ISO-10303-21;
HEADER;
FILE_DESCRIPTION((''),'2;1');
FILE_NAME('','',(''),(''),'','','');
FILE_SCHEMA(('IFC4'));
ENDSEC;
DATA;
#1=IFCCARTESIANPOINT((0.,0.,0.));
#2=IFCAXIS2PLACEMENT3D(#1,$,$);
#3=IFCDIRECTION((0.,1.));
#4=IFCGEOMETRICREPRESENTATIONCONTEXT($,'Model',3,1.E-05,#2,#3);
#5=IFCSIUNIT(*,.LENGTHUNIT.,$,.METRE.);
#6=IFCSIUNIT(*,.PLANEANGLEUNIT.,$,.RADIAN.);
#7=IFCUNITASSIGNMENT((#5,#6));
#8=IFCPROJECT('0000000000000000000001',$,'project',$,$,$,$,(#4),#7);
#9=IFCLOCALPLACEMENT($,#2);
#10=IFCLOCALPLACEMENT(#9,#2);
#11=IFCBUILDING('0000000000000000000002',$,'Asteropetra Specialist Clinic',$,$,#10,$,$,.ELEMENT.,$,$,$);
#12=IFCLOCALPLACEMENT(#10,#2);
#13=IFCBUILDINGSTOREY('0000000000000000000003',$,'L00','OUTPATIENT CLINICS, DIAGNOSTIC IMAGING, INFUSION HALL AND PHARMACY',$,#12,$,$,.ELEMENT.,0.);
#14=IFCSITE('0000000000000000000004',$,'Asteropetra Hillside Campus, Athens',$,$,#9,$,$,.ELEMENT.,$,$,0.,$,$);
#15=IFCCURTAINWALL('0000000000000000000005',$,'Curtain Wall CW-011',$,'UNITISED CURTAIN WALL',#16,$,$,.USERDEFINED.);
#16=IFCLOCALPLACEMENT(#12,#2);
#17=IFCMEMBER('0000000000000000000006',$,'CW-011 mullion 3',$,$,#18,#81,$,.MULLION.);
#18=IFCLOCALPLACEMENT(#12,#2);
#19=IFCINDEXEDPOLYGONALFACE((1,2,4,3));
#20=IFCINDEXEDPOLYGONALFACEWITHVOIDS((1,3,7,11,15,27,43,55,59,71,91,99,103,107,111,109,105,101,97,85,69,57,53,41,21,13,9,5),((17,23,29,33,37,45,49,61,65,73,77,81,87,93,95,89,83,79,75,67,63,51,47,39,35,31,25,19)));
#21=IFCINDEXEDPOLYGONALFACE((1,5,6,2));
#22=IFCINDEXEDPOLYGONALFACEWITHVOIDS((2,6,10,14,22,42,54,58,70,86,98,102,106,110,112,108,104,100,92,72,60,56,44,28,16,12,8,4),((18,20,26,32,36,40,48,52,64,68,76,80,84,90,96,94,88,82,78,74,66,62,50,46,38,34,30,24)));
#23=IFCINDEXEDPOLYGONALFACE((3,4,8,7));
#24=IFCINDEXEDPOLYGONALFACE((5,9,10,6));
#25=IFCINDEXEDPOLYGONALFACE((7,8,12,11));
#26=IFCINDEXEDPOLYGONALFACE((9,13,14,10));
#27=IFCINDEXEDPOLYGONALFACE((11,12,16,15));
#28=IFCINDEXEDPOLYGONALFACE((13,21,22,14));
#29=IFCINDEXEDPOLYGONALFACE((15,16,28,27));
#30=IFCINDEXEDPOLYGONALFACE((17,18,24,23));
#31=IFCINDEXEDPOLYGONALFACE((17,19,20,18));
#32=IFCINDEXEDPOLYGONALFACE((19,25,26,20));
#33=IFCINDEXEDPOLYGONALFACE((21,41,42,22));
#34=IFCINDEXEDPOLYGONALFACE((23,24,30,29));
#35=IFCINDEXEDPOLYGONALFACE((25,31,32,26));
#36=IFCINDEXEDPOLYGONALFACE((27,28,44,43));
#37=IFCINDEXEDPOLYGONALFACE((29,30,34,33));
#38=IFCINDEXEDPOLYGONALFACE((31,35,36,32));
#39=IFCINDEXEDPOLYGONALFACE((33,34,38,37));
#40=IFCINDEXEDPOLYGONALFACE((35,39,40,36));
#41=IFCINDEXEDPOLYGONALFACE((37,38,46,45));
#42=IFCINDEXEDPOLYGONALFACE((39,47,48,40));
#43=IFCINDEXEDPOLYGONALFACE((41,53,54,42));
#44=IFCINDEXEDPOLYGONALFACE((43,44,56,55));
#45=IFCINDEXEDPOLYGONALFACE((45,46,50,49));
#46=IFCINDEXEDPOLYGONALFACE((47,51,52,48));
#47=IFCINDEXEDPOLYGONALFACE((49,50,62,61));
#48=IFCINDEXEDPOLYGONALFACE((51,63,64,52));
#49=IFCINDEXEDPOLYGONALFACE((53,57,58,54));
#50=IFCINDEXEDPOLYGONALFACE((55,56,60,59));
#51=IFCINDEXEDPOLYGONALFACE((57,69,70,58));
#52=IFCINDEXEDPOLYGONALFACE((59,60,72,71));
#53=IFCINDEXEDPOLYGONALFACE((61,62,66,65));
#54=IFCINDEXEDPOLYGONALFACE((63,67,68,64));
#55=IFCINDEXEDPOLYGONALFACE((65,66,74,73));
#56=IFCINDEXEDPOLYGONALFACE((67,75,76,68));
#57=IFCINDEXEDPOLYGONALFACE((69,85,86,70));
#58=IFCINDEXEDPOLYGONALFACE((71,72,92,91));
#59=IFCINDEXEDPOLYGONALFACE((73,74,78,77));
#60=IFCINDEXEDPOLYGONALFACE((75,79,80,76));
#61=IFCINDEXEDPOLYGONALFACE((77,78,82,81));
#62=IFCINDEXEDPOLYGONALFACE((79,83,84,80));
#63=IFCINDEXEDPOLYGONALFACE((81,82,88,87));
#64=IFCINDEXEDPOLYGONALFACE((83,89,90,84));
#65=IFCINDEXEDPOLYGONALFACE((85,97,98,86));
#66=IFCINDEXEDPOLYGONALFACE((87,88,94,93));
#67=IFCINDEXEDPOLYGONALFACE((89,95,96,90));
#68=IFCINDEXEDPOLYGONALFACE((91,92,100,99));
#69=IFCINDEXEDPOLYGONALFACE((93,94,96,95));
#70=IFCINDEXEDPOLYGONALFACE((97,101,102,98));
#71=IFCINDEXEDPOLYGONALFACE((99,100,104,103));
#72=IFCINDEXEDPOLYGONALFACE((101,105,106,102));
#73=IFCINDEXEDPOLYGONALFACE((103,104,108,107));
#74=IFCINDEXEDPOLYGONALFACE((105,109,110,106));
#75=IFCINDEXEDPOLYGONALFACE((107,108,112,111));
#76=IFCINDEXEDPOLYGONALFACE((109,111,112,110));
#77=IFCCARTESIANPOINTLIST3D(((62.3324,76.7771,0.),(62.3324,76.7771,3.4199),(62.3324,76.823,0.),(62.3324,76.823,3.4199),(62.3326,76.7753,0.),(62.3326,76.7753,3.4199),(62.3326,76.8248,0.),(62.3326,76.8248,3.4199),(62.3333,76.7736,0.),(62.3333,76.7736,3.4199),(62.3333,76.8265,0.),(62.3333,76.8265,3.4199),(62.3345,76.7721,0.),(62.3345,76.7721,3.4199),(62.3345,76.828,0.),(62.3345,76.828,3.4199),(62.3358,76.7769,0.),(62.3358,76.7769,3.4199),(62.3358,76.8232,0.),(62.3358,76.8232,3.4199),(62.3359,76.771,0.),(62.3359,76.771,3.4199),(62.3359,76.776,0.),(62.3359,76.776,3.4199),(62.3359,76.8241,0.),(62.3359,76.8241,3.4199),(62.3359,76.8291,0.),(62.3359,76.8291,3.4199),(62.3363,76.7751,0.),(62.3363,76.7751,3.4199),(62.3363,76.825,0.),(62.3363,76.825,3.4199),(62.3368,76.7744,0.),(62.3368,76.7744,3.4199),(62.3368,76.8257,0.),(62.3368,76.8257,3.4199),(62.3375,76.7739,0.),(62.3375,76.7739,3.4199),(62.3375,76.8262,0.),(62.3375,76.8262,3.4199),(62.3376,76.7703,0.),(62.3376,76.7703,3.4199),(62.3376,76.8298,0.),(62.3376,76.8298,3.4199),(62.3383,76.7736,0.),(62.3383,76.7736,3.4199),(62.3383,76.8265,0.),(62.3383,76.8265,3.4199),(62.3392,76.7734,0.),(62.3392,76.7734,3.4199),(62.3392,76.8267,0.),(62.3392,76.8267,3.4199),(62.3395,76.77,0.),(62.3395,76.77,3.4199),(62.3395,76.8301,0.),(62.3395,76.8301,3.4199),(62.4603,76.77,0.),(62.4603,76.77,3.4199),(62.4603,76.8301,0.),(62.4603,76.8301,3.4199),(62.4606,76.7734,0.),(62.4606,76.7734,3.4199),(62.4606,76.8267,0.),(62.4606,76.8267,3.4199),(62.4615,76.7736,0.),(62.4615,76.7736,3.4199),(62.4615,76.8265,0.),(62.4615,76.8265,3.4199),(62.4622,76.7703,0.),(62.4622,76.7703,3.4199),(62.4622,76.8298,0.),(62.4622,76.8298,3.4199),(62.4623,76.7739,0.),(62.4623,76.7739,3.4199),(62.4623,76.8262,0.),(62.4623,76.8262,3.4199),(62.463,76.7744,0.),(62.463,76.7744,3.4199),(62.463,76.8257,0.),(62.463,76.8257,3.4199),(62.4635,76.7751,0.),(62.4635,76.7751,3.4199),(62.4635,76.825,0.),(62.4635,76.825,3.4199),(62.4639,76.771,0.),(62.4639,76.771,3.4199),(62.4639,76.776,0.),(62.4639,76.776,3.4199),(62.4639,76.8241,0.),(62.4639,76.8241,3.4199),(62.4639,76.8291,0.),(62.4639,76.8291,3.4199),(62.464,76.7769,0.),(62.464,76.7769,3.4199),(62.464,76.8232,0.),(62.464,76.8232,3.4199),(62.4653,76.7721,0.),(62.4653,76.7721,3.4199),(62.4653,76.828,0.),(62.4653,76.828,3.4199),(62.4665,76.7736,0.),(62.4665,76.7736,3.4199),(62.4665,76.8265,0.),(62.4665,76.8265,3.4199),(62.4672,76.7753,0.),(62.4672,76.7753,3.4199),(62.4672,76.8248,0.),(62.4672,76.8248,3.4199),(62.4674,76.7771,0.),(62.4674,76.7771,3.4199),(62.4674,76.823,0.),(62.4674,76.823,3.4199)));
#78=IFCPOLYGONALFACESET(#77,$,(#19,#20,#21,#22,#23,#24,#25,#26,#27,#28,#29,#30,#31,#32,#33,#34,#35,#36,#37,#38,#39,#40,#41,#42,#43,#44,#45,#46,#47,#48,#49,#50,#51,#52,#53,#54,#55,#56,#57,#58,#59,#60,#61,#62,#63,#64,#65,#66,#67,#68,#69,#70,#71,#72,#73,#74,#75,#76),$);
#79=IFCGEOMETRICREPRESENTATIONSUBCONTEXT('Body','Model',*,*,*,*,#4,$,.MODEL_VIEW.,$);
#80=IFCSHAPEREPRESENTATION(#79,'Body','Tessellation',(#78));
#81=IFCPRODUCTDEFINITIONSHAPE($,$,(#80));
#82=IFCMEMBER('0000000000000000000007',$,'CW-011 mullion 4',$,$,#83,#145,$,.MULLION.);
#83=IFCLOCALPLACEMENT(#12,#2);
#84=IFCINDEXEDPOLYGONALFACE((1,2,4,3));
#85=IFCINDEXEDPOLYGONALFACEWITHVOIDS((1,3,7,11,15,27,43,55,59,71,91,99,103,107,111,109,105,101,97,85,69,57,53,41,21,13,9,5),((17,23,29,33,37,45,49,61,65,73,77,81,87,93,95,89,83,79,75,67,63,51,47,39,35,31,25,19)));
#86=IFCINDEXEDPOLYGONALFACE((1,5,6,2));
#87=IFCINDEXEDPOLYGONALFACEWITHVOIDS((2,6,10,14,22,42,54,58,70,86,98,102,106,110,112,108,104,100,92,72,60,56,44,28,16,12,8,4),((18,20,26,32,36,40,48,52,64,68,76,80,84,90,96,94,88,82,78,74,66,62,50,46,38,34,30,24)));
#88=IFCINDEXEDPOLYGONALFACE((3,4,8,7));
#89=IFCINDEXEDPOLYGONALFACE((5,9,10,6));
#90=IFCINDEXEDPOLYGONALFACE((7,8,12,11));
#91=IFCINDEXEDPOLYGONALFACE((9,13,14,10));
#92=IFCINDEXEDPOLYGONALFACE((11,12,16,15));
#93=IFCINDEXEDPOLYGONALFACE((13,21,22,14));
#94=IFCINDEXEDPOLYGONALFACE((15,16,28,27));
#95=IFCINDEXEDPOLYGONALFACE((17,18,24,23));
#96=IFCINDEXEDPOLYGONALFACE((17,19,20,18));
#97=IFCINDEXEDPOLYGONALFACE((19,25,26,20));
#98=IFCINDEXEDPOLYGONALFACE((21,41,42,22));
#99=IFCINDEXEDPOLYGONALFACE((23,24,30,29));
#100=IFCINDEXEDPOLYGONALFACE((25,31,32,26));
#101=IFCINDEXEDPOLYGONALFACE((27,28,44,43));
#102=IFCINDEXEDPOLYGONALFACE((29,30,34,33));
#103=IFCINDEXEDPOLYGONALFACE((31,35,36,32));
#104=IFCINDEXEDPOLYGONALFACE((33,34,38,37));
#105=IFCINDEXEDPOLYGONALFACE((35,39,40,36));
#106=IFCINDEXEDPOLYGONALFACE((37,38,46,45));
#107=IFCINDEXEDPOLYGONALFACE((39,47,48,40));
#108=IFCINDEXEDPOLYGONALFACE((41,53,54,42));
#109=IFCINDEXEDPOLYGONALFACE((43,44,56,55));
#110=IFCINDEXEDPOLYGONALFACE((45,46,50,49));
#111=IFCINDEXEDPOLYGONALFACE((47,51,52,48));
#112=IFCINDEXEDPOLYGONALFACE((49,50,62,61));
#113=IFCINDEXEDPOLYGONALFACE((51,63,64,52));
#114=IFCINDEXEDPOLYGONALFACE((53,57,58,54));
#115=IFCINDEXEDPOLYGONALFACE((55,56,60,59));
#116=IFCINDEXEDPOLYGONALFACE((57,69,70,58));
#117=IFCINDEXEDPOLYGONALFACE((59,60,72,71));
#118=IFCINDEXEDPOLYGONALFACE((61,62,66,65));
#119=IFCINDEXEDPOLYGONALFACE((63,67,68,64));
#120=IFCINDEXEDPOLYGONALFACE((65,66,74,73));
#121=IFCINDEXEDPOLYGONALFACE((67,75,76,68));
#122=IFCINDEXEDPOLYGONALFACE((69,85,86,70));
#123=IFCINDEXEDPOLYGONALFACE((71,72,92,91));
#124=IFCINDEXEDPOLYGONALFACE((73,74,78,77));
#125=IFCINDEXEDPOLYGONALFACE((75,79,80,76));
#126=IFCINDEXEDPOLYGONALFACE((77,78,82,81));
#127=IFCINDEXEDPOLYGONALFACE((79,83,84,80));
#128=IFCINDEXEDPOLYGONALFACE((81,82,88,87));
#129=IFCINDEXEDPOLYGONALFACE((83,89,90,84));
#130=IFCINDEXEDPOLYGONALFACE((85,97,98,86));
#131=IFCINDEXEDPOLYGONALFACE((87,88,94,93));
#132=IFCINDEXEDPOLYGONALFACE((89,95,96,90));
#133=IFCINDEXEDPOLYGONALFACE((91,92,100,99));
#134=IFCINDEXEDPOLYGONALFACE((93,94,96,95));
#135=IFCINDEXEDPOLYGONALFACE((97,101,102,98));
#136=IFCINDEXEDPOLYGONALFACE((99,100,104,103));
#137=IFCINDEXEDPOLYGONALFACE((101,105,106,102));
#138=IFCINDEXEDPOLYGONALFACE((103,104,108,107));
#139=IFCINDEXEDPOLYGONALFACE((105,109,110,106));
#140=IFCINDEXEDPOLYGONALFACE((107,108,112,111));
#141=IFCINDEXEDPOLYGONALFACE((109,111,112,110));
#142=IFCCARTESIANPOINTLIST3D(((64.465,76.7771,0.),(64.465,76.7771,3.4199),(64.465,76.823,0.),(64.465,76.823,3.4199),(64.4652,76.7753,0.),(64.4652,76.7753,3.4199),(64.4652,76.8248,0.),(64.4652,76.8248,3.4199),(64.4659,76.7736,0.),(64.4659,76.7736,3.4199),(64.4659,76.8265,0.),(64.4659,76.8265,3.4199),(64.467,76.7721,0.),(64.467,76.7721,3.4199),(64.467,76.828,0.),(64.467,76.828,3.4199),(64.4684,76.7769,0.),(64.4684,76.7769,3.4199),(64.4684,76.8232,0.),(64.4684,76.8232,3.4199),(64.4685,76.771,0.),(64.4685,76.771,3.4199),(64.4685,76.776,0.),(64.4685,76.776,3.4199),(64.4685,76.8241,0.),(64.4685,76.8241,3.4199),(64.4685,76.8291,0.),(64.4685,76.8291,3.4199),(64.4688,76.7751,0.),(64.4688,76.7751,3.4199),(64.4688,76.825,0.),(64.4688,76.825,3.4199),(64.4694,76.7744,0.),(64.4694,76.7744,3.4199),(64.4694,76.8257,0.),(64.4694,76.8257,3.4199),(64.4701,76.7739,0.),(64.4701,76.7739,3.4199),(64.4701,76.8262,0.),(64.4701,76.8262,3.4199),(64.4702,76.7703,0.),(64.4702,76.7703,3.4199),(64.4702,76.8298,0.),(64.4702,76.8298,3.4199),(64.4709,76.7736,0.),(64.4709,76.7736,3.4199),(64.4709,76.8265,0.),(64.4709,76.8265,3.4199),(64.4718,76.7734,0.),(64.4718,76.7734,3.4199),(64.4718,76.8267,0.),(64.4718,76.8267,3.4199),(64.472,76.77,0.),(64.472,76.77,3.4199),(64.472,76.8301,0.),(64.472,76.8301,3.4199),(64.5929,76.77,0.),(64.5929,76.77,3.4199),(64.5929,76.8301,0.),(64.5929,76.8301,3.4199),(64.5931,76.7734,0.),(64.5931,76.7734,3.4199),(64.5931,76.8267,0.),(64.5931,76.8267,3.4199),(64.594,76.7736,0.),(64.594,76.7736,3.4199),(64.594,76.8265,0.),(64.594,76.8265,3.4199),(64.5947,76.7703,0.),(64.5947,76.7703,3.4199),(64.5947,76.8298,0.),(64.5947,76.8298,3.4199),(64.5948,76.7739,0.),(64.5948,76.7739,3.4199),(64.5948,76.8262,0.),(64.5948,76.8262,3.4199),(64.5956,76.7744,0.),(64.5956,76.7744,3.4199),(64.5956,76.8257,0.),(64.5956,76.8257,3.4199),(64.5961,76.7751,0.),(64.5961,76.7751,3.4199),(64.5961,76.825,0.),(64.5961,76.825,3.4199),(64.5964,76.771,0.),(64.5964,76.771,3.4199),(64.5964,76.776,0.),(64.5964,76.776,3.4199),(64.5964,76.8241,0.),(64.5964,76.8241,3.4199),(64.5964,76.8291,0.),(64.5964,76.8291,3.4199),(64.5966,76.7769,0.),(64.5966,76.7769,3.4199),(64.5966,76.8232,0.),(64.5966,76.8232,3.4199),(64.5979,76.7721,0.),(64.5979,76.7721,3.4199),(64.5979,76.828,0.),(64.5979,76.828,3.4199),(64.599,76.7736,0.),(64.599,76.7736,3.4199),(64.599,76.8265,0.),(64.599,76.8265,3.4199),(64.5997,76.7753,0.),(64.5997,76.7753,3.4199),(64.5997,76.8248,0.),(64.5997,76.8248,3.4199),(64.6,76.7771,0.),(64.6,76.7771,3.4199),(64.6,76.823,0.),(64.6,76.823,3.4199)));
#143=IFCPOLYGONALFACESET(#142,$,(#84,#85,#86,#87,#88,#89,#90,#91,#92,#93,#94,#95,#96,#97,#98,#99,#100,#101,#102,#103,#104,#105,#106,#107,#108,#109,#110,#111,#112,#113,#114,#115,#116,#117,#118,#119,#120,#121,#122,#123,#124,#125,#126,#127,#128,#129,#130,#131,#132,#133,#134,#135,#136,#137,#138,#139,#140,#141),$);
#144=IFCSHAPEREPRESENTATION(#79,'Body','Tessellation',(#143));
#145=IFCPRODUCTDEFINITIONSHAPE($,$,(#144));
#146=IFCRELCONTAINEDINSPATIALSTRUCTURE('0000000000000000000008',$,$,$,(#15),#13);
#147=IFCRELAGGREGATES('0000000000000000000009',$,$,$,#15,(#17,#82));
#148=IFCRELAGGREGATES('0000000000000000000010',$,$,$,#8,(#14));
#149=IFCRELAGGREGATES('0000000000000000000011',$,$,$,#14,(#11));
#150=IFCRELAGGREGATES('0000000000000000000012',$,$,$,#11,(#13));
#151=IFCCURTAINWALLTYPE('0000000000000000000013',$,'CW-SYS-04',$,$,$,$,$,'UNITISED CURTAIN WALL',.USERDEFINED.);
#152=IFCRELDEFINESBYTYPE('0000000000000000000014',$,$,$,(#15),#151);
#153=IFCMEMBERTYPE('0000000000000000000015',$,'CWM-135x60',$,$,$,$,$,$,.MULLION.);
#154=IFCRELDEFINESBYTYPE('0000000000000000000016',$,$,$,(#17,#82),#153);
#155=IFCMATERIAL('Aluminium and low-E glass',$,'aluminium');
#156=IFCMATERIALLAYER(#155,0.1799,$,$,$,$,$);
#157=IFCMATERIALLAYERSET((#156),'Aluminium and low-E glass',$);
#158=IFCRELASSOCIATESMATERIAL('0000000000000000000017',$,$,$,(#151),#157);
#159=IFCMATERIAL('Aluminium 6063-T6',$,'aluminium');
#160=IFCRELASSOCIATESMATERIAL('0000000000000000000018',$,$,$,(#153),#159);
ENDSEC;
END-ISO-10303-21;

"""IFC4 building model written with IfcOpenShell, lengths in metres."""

from ifc_helpers import new_model, si_unit, direction, frame, origin, origin_2d, place, context, subcontext, project, spatial, hollow_rectangle, extrude, material, layer, layer_set, material_profile, profile_set, type_object, element, aggregate, save


model = new_model("IFC4")

# Units and contexts
model_context = context("Model", 3, precision=1e-05, world=origin(), true_north=direction((0.0, 1.0)))
body_context = subcontext(model_context, "Body", "Model", "MODEL_VIEW")
ifc_project = project(units=[si_unit("LENGTHUNIT", "METRE"), si_unit("PLANEANGLEUNIT", "RADIAN")], contexts=[model_context])

# Site, building, storey
site_placement = place(None, origin())
site = spatial("IfcSite", under=ifc_project, at=site_placement, Name="Asteropetra Hillside Campus, Athens", CompositionType="ELEMENT", RefElevation=0.0)
building_placement = place(site_placement, origin())
building = spatial("IfcBuilding", under=site, at=building_placement, Name="Asteropetra Specialist Clinic", CompositionType="ELEMENT")
storey_placement = place(building_placement, origin())
storey = spatial("IfcBuildingStorey", under=building, at=storey_placement, Name="L00", Description="OUTPATIENT CLINICS, DIAGNOSTIC IMAGING, INFUSION HALL AND PHARMACY", CompositionType="ELEMENT", Elevation=0.0)

# Curtain wall, members
ifc_material_1 = material(Name="Aluminium and low-E glass", Category="aluminium")
ifc_layer_1 = layer(ifc_material_1, 0.1799)
ifc_layer_set_1 = layer_set([ifc_layer_1], Name="Aluminium and low-E glass")
curtain_wall_type_1 = type_object("IfcCurtainWallType", Name="CW-SYS-04", ElementType="UNITISED CURTAIN WALL", PredefinedType="USERDEFINED", material=ifc_layer_set_1)
curtain_wall_1_placement = place(storey_placement, origin())
curtain_wall_1 = element("IfcCurtainWall", 1, at=curtain_wall_1_placement, inside=storey, type_object=curtain_wall_type_1, Name="Curtain Wall CW-011", ObjectType="UNITISED CURTAIN WALL", PredefinedType="USERDEFINED")
ifc_material_2 = material(Name="Aluminium 6063-T6", Category="aluminium")
ifc_material_profile_1 = material_profile(ifc_material_2, hollow_rectangle(XDim=0.0601, YDim=0.135, WallThickness=0.0034, InnerFilletRadius=0.0034, OuterFilletRadius=0.0071, at=origin_2d()), Name="MUL 135x60x3.5")
ifc_profile_set_1 = profile_set([ifc_material_profile_1], Name="Aluminium 6063-T6")
member_type_1 = type_object("IfcMemberType", Name="CWM-135x60", PredefinedType="MULLION", material=ifc_profile_set_1)
member_1_placement = place(storey_placement, frame((62.3999, 76.8, 0.0), z_axis=(0.0, 0.0, 1.0), x_axis=(0.0, 1.0, 0.0)))
member_1 = element("IfcMember", 2, at=member_1_placement, type_object=member_type_1, Name="CW-011 mullion 3", PredefinedType="MULLION", context=body_context, shape_type="SweptSolid", body=[
    extrude(hollow_rectangle(XDim=0.0601, YDim=0.135, WallThickness=0.0034, InnerFilletRadius=0.0034, OuterFilletRadius=0.0071, at=origin_2d()), origin(), (0.0, 0.0, 1.0), 3.4199),
])
member_2_placement = place(storey_placement, frame((64.5325, 76.8, 0.0), z_axis=(0.0, 0.0, 1.0), x_axis=(0.0, 1.0, 0.0)))
member_2 = element("IfcMember", 3, at=member_2_placement, type_object=member_type_1, Name="CW-011 mullion 4", PredefinedType="MULLION", context=body_context, shape_type="SweptSolid", body=[
    extrude(hollow_rectangle(XDim=0.0601, YDim=0.135, WallThickness=0.0034, InnerFilletRadius=0.0034, OuterFilletRadius=0.0071, at=origin_2d()), origin(), (0.0, 0.0, 1.0), 3.4199),
])

aggregate(curtain_wall_1, [member_1, member_2])

save(model, "model.ifc")
